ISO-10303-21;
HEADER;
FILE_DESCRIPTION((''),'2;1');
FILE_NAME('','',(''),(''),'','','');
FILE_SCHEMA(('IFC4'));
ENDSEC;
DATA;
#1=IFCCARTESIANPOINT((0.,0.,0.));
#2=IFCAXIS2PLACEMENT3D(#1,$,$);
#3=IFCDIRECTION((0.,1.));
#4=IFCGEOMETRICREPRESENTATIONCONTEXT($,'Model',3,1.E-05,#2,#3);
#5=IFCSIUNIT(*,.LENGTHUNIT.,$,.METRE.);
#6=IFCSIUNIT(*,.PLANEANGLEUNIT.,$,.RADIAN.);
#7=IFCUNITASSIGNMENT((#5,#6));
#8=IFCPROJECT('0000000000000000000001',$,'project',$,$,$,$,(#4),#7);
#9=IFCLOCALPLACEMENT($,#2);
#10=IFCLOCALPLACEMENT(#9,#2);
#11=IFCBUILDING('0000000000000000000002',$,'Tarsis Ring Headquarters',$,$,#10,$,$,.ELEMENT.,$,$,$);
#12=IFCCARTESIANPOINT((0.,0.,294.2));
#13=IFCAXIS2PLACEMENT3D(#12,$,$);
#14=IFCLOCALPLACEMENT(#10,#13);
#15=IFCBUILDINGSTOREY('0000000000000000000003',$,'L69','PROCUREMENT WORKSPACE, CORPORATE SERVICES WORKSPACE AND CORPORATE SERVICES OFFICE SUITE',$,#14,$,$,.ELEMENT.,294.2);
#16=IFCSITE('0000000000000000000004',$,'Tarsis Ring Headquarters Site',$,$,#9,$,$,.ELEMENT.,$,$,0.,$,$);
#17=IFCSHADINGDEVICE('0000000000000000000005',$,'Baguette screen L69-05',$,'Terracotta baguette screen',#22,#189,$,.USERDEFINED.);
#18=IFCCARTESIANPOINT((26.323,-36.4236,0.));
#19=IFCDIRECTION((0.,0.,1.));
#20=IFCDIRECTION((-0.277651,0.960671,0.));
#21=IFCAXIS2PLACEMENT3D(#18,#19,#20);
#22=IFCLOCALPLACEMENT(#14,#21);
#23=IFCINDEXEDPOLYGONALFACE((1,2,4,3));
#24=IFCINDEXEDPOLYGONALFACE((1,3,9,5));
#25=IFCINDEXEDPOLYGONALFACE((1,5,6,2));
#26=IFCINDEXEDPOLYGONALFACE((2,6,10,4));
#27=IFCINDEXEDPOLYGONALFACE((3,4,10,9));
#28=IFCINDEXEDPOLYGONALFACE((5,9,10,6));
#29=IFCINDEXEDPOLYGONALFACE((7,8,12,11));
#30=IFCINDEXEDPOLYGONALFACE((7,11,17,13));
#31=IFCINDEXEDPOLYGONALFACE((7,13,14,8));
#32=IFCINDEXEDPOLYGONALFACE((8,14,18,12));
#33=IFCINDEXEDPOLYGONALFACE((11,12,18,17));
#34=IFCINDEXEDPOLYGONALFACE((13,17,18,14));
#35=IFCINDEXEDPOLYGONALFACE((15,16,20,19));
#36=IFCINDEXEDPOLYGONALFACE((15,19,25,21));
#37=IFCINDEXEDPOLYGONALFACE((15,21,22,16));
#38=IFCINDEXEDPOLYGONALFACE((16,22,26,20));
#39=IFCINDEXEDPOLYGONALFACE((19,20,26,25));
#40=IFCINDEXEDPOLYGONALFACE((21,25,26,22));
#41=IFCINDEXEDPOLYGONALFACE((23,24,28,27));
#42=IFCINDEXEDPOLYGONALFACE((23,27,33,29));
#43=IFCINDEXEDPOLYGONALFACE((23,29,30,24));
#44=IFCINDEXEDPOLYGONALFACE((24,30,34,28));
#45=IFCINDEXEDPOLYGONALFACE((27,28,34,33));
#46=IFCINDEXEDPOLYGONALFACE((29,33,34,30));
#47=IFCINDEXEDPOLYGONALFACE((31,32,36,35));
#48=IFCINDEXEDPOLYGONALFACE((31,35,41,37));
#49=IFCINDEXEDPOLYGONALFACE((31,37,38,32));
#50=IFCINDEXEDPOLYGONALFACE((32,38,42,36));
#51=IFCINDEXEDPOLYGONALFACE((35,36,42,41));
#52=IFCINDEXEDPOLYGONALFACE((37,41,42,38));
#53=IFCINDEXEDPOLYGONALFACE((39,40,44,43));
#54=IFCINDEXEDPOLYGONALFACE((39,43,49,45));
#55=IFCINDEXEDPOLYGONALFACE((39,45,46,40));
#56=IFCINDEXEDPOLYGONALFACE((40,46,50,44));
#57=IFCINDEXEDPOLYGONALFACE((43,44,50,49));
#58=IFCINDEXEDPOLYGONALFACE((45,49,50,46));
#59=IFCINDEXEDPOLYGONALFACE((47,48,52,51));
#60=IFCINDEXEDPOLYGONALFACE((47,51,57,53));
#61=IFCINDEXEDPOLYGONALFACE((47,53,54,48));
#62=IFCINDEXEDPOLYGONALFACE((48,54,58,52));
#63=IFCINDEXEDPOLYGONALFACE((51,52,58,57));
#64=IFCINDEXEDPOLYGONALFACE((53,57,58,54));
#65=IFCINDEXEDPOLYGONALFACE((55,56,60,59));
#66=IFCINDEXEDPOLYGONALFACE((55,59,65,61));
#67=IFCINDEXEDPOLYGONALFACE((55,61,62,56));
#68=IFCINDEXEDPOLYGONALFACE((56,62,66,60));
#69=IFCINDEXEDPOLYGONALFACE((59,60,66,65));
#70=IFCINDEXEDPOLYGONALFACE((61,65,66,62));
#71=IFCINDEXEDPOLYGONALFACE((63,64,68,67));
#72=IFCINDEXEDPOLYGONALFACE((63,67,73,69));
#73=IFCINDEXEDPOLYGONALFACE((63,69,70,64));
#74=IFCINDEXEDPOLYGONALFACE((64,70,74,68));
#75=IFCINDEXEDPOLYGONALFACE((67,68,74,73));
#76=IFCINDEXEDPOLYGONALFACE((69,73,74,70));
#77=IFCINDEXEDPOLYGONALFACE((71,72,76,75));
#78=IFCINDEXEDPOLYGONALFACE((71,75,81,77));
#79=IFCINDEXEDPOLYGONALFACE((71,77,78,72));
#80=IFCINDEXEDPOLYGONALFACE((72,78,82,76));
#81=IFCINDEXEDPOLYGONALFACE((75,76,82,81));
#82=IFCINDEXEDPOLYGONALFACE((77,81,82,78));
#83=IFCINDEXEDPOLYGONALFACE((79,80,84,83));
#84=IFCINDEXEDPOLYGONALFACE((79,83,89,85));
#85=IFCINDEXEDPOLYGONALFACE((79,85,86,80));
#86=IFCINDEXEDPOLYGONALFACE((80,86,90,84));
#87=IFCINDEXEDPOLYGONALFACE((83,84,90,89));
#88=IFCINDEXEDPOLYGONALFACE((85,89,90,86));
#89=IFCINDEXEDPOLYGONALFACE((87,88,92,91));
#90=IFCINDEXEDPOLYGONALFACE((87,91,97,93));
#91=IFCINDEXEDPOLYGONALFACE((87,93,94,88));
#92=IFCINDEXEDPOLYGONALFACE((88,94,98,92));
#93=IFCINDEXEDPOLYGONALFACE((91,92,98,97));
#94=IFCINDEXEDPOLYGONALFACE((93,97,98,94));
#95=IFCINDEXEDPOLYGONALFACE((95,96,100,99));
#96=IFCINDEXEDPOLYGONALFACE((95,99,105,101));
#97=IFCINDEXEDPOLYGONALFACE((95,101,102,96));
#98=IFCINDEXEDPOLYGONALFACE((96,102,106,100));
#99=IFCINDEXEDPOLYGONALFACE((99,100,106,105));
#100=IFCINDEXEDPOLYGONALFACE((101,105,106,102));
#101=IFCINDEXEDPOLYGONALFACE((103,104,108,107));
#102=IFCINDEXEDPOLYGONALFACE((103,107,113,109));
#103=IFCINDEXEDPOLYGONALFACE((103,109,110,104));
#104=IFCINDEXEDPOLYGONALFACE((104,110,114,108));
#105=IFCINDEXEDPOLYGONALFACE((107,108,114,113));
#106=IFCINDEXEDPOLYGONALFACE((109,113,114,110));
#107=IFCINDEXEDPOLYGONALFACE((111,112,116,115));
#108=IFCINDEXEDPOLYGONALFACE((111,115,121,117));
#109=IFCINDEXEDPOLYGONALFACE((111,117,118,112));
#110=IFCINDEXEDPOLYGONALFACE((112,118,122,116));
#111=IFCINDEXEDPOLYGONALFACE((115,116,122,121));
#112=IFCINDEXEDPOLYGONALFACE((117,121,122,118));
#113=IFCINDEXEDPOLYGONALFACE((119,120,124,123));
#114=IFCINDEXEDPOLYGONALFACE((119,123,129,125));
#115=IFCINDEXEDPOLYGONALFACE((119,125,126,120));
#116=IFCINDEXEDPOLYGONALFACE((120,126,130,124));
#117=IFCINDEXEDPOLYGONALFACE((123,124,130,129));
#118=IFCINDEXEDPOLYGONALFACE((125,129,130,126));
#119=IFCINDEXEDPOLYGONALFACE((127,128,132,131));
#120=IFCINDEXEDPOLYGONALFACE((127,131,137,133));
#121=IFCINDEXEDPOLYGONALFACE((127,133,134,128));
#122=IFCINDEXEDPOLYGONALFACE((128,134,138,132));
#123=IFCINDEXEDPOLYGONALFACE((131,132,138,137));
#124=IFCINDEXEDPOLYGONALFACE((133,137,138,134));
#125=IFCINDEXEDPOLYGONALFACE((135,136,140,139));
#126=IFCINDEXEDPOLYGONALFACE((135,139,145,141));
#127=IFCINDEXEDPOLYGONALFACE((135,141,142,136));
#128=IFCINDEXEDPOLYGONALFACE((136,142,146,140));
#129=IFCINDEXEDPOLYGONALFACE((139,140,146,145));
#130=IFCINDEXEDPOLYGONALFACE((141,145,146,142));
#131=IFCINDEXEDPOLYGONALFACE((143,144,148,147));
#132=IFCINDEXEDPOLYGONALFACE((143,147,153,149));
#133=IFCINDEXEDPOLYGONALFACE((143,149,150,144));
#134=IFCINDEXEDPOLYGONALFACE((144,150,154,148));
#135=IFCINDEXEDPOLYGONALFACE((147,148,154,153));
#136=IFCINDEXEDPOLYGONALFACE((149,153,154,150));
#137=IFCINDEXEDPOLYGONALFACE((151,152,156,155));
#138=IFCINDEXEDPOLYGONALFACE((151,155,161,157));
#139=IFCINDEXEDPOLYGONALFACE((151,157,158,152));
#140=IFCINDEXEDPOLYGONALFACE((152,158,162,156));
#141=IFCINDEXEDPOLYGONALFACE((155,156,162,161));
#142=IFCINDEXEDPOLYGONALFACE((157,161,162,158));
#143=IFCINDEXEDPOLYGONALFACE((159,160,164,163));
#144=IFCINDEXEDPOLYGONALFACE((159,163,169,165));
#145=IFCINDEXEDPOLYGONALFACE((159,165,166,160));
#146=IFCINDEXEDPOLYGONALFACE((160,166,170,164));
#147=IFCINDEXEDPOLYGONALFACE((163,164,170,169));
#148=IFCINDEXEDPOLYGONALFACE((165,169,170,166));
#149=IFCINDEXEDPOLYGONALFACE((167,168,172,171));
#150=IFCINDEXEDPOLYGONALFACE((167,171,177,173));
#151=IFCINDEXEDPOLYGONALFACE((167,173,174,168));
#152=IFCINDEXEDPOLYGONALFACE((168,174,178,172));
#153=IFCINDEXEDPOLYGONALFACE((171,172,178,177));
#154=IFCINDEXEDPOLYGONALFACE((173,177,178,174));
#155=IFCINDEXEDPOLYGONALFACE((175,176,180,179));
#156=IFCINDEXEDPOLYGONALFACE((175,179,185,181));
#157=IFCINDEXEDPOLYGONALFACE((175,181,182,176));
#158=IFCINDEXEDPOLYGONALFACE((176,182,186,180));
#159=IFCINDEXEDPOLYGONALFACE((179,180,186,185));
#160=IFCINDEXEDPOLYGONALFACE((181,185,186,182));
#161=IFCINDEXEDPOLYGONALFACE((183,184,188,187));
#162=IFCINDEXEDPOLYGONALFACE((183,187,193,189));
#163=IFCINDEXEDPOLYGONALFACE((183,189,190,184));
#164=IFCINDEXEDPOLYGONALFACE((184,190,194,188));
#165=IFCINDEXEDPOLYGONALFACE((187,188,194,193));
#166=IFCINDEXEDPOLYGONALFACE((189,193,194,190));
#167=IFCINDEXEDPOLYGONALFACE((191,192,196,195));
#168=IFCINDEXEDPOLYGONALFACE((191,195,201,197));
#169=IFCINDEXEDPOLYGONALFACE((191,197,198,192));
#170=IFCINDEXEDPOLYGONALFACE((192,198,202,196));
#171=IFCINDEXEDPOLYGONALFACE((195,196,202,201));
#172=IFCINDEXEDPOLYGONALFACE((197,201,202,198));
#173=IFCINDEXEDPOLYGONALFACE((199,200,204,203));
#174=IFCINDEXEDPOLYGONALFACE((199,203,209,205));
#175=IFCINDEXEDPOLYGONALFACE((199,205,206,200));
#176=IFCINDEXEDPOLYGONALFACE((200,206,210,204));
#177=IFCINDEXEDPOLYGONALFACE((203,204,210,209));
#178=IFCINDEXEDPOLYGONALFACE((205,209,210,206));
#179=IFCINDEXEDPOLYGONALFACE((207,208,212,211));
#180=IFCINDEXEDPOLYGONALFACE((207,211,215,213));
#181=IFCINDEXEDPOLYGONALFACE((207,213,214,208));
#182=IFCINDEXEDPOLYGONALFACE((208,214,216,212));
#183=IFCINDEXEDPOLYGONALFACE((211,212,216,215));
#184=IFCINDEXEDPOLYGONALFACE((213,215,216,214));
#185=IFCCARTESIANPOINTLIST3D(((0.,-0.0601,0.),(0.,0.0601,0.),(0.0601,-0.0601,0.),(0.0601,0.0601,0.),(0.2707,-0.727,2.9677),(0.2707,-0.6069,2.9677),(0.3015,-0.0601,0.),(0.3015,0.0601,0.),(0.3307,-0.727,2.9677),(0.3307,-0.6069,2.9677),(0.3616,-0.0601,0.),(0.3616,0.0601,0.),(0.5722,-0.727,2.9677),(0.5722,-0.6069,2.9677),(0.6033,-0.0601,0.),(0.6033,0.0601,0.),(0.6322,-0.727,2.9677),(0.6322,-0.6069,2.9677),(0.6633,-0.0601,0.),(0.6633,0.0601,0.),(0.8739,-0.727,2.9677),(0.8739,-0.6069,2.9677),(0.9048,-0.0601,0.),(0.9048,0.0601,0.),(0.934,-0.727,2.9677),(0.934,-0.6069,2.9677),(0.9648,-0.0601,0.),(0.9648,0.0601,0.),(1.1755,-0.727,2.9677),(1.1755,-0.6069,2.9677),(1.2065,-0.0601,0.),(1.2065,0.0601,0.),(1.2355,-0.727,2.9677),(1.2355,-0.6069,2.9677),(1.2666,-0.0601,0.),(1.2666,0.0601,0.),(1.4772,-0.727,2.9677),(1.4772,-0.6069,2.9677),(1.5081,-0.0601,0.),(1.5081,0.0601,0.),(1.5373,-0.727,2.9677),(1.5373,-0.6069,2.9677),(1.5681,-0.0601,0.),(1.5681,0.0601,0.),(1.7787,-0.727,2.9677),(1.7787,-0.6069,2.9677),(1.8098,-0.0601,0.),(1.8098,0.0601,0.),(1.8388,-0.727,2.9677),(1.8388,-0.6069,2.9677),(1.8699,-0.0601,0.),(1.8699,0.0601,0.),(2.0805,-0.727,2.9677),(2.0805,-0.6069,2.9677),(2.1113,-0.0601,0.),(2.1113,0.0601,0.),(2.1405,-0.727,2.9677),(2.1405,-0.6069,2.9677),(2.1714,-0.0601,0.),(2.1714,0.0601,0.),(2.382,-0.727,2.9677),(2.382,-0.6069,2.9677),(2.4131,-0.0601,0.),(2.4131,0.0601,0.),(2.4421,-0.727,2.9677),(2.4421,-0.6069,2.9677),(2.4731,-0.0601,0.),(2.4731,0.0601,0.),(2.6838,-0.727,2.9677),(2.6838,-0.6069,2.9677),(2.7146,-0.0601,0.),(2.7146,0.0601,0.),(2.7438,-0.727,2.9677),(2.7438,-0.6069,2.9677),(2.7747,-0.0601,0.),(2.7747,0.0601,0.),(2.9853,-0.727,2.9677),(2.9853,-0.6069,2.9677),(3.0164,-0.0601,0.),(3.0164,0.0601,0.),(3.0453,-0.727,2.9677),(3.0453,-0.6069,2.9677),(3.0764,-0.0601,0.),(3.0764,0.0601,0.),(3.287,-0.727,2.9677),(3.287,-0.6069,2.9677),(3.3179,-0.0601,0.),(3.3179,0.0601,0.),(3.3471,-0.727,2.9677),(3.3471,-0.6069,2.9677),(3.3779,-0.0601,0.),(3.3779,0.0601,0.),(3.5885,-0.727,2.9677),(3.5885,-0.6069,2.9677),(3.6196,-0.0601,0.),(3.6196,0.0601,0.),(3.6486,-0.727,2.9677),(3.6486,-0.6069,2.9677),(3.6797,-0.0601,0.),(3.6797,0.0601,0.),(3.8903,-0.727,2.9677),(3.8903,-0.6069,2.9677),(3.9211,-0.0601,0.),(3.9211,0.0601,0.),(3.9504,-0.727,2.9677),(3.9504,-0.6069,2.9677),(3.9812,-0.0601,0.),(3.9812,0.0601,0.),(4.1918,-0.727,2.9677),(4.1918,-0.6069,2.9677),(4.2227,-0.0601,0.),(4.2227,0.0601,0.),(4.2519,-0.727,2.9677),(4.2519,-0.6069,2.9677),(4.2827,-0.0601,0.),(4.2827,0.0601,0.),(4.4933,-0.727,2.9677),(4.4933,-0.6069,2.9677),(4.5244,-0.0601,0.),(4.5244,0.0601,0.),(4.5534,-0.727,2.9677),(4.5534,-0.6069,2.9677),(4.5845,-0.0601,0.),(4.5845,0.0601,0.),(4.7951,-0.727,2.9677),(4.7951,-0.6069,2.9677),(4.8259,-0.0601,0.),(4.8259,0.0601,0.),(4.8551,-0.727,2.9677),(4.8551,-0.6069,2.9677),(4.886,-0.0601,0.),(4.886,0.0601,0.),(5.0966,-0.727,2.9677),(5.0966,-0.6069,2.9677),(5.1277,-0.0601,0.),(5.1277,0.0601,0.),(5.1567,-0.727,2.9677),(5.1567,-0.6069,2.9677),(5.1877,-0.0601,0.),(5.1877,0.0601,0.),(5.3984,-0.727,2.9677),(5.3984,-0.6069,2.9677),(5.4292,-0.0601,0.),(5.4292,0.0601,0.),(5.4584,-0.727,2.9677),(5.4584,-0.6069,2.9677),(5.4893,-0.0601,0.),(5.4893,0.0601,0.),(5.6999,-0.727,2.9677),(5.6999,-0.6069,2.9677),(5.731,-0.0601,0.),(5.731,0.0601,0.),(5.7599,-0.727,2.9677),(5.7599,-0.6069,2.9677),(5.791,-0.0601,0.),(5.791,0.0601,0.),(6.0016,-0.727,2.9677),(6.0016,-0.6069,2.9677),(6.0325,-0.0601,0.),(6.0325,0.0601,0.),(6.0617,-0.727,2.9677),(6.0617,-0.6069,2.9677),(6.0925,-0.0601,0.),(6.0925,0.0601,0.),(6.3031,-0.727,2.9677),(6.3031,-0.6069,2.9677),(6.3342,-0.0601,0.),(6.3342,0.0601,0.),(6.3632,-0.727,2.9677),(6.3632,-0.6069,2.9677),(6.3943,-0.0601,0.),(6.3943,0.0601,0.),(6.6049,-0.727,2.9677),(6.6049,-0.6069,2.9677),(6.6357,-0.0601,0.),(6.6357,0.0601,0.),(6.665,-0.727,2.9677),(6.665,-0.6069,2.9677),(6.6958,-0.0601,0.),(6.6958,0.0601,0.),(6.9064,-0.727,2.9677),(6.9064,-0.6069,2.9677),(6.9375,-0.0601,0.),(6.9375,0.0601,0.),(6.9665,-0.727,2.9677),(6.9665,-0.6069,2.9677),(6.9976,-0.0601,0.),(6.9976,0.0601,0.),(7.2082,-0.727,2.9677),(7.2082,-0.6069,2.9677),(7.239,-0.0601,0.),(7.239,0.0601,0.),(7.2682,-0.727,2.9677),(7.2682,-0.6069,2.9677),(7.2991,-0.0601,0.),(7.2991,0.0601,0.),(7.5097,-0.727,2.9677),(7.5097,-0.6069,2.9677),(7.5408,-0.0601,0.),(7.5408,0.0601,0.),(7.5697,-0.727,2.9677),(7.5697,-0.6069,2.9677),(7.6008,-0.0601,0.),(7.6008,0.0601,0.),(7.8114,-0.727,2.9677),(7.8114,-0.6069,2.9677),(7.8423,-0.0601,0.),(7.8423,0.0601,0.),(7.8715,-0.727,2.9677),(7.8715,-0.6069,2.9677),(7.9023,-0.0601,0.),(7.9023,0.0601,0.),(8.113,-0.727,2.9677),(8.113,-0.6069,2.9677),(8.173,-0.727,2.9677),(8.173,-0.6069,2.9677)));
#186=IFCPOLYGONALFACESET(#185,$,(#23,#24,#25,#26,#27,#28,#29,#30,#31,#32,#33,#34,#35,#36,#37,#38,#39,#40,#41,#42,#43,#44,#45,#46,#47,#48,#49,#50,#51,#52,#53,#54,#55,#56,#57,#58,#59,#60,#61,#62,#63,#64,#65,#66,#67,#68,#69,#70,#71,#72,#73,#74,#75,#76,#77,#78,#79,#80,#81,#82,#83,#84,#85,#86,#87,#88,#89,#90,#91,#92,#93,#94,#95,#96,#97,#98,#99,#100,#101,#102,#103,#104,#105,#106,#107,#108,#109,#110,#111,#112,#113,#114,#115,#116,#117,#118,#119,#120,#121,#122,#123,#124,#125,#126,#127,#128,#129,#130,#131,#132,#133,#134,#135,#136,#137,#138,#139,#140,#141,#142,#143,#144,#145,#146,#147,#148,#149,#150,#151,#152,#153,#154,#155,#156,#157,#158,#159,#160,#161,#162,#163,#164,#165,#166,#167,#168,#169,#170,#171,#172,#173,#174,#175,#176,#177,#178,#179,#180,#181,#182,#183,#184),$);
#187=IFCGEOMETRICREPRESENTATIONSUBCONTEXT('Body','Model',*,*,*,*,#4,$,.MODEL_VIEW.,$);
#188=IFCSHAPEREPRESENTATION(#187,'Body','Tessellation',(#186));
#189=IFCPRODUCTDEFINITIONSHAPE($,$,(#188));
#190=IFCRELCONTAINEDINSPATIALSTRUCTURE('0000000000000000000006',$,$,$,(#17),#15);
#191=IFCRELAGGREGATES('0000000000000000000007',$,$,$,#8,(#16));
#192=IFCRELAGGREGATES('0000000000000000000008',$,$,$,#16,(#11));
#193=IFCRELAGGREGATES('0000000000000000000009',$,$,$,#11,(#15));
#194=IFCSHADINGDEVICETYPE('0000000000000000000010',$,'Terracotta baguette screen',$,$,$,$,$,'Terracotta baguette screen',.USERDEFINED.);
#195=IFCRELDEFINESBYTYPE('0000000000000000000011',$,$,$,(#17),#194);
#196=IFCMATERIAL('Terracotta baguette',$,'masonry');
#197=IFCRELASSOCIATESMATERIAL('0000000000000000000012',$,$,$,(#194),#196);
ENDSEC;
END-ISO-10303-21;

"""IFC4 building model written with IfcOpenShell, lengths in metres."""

from ifc_helpers import new_model, si_unit, direction, frame, frame_2d, origin, place, context, subcontext, project, spatial, rectangle, composite_profile, extrude, material, type_object, element, save


model = new_model("IFC4")

# Units and contexts
model_context = context("Model", 3, precision=1e-05, world=origin(), true_north=direction((0.0, 1.0)))
body_context = subcontext(model_context, "Body", "Model", "MODEL_VIEW")
ifc_project = project(units=[si_unit("LENGTHUNIT", "METRE"), si_unit("PLANEANGLEUNIT", "RADIAN")], contexts=[model_context])

# Site, building, storey
site_placement = place(None, origin())
site = spatial("IfcSite", under=ifc_project, at=site_placement, Name="Tarsis Ring Headquarters Site", CompositionType="ELEMENT", RefElevation=0.0)
building_placement = place(site_placement, origin())
building = spatial("IfcBuilding", under=site, at=building_placement, Name="Tarsis Ring Headquarters", CompositionType="ELEMENT")
storey_placement = place(building_placement, frame((0.0, 0.0, 294.2)))
storey = spatial("IfcBuildingStorey", under=building, at=storey_placement, Name="L69", Description="PROCUREMENT WORKSPACE, CORPORATE SERVICES WORKSPACE AND CORPORATE SERVICES OFFICE SUITE", CompositionType="ELEMENT", Elevation=294.2)

# Shading device
ifc_material_1 = material(Name="Terracotta baguette", Category="masonry")
shading_device_type_1 = type_object("IfcShadingDeviceType", Name="Terracotta baguette screen", ElementType="Terracotta baguette screen", PredefinedType="USERDEFINED", material=ifc_material_1)
shading_device_1_placement = place(storey_placement, frame((26.323, -36.4236, 0.0), z_axis=(0.0, 0.0, 1.0), x_axis=(-0.277651, 0.960671, 0.0)))
element("IfcShadingDevice", 1, at=shading_device_1_placement, inside=storey, type_object=shading_device_type_1, Name="Baguette screen L69-05", ObjectType="Terracotta baguette screen", PredefinedType="USERDEFINED", context=body_context, shape_type="SweptSolid", body=[
    extrude(composite_profile([rectangle(XDim=0.0601, YDim=0.1201, at=frame_2d((0.03, 0.0))), rectangle(XDim=0.0601, YDim=0.1201, at=frame_2d((0.3315, 0.0))), rectangle(XDim=0.0601, YDim=0.1201, at=frame_2d((0.6333, 0.0))), rectangle(XDim=0.0601, YDim=0.1201, at=frame_2d((0.9348, 0.0))), rectangle(XDim=0.0601, YDim=0.1201, at=frame_2d((1.2366, 0.0))), rectangle(XDim=0.0601, YDim=0.1201, at=frame_2d((1.5381, 0.0))), rectangle(XDim=0.0601, YDim=0.1201, at=frame_2d((1.8398, 0.0))), rectangle(XDim=0.0601, YDim=0.1201, at=frame_2d((2.1414, 0.0))), rectangle(XDim=0.0601, YDim=0.1201, at=frame_2d((2.4431, 0.0))), rectangle(XDim=0.0601, YDim=0.1201, at=frame_2d((2.7446, 0.0))), rectangle(XDim=0.0601, YDim=0.1201, at=frame_2d((3.0464, 0.0))), rectangle(XDim=0.0601, YDim=0.1201, at=frame_2d((3.3479, 0.0))), rectangle(XDim=0.0601, YDim=0.1201, at=frame_2d((3.6497, 0.0))), rectangle(XDim=0.0601, YDim=0.1201, at=frame_2d((3.9512, 0.0))), rectangle(XDim=0.0601, YDim=0.1201, at=frame_2d((4.2527, 0.0))), rectangle(XDim=0.0601, YDim=0.1201, at=frame_2d((4.5544, 0.0))), rectangle(XDim=0.0601, YDim=0.1201, at=frame_2d((4.856, 0.0))), rectangle(XDim=0.0601, YDim=0.1201, at=frame_2d((5.1577, 0.0))), rectangle(XDim=0.0601, YDim=0.1201, at=frame_2d((5.4592, 0.0))), rectangle(XDim=0.0601, YDim=0.1201, at=frame_2d((5.761, 0.0))), rectangle(XDim=0.0601, YDim=0.1201, at=frame_2d((6.0625, 0.0))), rectangle(XDim=0.0601, YDim=0.1201, at=frame_2d((6.3643, 0.0))), rectangle(XDim=0.0601, YDim=0.1201, at=frame_2d((6.6658, 0.0))), rectangle(XDim=0.0601, YDim=0.1201, at=frame_2d((6.9675, 0.0))), rectangle(XDim=0.0601, YDim=0.1201, at=frame_2d((7.269, 0.0))), rectangle(XDim=0.0601, YDim=0.1201, at=frame_2d((7.5708, 0.0))), rectangle(XDim=0.0601, YDim=0.1201, at=frame_2d((7.8723, 0.0)))]), origin(), (0.088635, -0.218403, 0.971825), 3.0537),
])

save(model, "model.ifc")
